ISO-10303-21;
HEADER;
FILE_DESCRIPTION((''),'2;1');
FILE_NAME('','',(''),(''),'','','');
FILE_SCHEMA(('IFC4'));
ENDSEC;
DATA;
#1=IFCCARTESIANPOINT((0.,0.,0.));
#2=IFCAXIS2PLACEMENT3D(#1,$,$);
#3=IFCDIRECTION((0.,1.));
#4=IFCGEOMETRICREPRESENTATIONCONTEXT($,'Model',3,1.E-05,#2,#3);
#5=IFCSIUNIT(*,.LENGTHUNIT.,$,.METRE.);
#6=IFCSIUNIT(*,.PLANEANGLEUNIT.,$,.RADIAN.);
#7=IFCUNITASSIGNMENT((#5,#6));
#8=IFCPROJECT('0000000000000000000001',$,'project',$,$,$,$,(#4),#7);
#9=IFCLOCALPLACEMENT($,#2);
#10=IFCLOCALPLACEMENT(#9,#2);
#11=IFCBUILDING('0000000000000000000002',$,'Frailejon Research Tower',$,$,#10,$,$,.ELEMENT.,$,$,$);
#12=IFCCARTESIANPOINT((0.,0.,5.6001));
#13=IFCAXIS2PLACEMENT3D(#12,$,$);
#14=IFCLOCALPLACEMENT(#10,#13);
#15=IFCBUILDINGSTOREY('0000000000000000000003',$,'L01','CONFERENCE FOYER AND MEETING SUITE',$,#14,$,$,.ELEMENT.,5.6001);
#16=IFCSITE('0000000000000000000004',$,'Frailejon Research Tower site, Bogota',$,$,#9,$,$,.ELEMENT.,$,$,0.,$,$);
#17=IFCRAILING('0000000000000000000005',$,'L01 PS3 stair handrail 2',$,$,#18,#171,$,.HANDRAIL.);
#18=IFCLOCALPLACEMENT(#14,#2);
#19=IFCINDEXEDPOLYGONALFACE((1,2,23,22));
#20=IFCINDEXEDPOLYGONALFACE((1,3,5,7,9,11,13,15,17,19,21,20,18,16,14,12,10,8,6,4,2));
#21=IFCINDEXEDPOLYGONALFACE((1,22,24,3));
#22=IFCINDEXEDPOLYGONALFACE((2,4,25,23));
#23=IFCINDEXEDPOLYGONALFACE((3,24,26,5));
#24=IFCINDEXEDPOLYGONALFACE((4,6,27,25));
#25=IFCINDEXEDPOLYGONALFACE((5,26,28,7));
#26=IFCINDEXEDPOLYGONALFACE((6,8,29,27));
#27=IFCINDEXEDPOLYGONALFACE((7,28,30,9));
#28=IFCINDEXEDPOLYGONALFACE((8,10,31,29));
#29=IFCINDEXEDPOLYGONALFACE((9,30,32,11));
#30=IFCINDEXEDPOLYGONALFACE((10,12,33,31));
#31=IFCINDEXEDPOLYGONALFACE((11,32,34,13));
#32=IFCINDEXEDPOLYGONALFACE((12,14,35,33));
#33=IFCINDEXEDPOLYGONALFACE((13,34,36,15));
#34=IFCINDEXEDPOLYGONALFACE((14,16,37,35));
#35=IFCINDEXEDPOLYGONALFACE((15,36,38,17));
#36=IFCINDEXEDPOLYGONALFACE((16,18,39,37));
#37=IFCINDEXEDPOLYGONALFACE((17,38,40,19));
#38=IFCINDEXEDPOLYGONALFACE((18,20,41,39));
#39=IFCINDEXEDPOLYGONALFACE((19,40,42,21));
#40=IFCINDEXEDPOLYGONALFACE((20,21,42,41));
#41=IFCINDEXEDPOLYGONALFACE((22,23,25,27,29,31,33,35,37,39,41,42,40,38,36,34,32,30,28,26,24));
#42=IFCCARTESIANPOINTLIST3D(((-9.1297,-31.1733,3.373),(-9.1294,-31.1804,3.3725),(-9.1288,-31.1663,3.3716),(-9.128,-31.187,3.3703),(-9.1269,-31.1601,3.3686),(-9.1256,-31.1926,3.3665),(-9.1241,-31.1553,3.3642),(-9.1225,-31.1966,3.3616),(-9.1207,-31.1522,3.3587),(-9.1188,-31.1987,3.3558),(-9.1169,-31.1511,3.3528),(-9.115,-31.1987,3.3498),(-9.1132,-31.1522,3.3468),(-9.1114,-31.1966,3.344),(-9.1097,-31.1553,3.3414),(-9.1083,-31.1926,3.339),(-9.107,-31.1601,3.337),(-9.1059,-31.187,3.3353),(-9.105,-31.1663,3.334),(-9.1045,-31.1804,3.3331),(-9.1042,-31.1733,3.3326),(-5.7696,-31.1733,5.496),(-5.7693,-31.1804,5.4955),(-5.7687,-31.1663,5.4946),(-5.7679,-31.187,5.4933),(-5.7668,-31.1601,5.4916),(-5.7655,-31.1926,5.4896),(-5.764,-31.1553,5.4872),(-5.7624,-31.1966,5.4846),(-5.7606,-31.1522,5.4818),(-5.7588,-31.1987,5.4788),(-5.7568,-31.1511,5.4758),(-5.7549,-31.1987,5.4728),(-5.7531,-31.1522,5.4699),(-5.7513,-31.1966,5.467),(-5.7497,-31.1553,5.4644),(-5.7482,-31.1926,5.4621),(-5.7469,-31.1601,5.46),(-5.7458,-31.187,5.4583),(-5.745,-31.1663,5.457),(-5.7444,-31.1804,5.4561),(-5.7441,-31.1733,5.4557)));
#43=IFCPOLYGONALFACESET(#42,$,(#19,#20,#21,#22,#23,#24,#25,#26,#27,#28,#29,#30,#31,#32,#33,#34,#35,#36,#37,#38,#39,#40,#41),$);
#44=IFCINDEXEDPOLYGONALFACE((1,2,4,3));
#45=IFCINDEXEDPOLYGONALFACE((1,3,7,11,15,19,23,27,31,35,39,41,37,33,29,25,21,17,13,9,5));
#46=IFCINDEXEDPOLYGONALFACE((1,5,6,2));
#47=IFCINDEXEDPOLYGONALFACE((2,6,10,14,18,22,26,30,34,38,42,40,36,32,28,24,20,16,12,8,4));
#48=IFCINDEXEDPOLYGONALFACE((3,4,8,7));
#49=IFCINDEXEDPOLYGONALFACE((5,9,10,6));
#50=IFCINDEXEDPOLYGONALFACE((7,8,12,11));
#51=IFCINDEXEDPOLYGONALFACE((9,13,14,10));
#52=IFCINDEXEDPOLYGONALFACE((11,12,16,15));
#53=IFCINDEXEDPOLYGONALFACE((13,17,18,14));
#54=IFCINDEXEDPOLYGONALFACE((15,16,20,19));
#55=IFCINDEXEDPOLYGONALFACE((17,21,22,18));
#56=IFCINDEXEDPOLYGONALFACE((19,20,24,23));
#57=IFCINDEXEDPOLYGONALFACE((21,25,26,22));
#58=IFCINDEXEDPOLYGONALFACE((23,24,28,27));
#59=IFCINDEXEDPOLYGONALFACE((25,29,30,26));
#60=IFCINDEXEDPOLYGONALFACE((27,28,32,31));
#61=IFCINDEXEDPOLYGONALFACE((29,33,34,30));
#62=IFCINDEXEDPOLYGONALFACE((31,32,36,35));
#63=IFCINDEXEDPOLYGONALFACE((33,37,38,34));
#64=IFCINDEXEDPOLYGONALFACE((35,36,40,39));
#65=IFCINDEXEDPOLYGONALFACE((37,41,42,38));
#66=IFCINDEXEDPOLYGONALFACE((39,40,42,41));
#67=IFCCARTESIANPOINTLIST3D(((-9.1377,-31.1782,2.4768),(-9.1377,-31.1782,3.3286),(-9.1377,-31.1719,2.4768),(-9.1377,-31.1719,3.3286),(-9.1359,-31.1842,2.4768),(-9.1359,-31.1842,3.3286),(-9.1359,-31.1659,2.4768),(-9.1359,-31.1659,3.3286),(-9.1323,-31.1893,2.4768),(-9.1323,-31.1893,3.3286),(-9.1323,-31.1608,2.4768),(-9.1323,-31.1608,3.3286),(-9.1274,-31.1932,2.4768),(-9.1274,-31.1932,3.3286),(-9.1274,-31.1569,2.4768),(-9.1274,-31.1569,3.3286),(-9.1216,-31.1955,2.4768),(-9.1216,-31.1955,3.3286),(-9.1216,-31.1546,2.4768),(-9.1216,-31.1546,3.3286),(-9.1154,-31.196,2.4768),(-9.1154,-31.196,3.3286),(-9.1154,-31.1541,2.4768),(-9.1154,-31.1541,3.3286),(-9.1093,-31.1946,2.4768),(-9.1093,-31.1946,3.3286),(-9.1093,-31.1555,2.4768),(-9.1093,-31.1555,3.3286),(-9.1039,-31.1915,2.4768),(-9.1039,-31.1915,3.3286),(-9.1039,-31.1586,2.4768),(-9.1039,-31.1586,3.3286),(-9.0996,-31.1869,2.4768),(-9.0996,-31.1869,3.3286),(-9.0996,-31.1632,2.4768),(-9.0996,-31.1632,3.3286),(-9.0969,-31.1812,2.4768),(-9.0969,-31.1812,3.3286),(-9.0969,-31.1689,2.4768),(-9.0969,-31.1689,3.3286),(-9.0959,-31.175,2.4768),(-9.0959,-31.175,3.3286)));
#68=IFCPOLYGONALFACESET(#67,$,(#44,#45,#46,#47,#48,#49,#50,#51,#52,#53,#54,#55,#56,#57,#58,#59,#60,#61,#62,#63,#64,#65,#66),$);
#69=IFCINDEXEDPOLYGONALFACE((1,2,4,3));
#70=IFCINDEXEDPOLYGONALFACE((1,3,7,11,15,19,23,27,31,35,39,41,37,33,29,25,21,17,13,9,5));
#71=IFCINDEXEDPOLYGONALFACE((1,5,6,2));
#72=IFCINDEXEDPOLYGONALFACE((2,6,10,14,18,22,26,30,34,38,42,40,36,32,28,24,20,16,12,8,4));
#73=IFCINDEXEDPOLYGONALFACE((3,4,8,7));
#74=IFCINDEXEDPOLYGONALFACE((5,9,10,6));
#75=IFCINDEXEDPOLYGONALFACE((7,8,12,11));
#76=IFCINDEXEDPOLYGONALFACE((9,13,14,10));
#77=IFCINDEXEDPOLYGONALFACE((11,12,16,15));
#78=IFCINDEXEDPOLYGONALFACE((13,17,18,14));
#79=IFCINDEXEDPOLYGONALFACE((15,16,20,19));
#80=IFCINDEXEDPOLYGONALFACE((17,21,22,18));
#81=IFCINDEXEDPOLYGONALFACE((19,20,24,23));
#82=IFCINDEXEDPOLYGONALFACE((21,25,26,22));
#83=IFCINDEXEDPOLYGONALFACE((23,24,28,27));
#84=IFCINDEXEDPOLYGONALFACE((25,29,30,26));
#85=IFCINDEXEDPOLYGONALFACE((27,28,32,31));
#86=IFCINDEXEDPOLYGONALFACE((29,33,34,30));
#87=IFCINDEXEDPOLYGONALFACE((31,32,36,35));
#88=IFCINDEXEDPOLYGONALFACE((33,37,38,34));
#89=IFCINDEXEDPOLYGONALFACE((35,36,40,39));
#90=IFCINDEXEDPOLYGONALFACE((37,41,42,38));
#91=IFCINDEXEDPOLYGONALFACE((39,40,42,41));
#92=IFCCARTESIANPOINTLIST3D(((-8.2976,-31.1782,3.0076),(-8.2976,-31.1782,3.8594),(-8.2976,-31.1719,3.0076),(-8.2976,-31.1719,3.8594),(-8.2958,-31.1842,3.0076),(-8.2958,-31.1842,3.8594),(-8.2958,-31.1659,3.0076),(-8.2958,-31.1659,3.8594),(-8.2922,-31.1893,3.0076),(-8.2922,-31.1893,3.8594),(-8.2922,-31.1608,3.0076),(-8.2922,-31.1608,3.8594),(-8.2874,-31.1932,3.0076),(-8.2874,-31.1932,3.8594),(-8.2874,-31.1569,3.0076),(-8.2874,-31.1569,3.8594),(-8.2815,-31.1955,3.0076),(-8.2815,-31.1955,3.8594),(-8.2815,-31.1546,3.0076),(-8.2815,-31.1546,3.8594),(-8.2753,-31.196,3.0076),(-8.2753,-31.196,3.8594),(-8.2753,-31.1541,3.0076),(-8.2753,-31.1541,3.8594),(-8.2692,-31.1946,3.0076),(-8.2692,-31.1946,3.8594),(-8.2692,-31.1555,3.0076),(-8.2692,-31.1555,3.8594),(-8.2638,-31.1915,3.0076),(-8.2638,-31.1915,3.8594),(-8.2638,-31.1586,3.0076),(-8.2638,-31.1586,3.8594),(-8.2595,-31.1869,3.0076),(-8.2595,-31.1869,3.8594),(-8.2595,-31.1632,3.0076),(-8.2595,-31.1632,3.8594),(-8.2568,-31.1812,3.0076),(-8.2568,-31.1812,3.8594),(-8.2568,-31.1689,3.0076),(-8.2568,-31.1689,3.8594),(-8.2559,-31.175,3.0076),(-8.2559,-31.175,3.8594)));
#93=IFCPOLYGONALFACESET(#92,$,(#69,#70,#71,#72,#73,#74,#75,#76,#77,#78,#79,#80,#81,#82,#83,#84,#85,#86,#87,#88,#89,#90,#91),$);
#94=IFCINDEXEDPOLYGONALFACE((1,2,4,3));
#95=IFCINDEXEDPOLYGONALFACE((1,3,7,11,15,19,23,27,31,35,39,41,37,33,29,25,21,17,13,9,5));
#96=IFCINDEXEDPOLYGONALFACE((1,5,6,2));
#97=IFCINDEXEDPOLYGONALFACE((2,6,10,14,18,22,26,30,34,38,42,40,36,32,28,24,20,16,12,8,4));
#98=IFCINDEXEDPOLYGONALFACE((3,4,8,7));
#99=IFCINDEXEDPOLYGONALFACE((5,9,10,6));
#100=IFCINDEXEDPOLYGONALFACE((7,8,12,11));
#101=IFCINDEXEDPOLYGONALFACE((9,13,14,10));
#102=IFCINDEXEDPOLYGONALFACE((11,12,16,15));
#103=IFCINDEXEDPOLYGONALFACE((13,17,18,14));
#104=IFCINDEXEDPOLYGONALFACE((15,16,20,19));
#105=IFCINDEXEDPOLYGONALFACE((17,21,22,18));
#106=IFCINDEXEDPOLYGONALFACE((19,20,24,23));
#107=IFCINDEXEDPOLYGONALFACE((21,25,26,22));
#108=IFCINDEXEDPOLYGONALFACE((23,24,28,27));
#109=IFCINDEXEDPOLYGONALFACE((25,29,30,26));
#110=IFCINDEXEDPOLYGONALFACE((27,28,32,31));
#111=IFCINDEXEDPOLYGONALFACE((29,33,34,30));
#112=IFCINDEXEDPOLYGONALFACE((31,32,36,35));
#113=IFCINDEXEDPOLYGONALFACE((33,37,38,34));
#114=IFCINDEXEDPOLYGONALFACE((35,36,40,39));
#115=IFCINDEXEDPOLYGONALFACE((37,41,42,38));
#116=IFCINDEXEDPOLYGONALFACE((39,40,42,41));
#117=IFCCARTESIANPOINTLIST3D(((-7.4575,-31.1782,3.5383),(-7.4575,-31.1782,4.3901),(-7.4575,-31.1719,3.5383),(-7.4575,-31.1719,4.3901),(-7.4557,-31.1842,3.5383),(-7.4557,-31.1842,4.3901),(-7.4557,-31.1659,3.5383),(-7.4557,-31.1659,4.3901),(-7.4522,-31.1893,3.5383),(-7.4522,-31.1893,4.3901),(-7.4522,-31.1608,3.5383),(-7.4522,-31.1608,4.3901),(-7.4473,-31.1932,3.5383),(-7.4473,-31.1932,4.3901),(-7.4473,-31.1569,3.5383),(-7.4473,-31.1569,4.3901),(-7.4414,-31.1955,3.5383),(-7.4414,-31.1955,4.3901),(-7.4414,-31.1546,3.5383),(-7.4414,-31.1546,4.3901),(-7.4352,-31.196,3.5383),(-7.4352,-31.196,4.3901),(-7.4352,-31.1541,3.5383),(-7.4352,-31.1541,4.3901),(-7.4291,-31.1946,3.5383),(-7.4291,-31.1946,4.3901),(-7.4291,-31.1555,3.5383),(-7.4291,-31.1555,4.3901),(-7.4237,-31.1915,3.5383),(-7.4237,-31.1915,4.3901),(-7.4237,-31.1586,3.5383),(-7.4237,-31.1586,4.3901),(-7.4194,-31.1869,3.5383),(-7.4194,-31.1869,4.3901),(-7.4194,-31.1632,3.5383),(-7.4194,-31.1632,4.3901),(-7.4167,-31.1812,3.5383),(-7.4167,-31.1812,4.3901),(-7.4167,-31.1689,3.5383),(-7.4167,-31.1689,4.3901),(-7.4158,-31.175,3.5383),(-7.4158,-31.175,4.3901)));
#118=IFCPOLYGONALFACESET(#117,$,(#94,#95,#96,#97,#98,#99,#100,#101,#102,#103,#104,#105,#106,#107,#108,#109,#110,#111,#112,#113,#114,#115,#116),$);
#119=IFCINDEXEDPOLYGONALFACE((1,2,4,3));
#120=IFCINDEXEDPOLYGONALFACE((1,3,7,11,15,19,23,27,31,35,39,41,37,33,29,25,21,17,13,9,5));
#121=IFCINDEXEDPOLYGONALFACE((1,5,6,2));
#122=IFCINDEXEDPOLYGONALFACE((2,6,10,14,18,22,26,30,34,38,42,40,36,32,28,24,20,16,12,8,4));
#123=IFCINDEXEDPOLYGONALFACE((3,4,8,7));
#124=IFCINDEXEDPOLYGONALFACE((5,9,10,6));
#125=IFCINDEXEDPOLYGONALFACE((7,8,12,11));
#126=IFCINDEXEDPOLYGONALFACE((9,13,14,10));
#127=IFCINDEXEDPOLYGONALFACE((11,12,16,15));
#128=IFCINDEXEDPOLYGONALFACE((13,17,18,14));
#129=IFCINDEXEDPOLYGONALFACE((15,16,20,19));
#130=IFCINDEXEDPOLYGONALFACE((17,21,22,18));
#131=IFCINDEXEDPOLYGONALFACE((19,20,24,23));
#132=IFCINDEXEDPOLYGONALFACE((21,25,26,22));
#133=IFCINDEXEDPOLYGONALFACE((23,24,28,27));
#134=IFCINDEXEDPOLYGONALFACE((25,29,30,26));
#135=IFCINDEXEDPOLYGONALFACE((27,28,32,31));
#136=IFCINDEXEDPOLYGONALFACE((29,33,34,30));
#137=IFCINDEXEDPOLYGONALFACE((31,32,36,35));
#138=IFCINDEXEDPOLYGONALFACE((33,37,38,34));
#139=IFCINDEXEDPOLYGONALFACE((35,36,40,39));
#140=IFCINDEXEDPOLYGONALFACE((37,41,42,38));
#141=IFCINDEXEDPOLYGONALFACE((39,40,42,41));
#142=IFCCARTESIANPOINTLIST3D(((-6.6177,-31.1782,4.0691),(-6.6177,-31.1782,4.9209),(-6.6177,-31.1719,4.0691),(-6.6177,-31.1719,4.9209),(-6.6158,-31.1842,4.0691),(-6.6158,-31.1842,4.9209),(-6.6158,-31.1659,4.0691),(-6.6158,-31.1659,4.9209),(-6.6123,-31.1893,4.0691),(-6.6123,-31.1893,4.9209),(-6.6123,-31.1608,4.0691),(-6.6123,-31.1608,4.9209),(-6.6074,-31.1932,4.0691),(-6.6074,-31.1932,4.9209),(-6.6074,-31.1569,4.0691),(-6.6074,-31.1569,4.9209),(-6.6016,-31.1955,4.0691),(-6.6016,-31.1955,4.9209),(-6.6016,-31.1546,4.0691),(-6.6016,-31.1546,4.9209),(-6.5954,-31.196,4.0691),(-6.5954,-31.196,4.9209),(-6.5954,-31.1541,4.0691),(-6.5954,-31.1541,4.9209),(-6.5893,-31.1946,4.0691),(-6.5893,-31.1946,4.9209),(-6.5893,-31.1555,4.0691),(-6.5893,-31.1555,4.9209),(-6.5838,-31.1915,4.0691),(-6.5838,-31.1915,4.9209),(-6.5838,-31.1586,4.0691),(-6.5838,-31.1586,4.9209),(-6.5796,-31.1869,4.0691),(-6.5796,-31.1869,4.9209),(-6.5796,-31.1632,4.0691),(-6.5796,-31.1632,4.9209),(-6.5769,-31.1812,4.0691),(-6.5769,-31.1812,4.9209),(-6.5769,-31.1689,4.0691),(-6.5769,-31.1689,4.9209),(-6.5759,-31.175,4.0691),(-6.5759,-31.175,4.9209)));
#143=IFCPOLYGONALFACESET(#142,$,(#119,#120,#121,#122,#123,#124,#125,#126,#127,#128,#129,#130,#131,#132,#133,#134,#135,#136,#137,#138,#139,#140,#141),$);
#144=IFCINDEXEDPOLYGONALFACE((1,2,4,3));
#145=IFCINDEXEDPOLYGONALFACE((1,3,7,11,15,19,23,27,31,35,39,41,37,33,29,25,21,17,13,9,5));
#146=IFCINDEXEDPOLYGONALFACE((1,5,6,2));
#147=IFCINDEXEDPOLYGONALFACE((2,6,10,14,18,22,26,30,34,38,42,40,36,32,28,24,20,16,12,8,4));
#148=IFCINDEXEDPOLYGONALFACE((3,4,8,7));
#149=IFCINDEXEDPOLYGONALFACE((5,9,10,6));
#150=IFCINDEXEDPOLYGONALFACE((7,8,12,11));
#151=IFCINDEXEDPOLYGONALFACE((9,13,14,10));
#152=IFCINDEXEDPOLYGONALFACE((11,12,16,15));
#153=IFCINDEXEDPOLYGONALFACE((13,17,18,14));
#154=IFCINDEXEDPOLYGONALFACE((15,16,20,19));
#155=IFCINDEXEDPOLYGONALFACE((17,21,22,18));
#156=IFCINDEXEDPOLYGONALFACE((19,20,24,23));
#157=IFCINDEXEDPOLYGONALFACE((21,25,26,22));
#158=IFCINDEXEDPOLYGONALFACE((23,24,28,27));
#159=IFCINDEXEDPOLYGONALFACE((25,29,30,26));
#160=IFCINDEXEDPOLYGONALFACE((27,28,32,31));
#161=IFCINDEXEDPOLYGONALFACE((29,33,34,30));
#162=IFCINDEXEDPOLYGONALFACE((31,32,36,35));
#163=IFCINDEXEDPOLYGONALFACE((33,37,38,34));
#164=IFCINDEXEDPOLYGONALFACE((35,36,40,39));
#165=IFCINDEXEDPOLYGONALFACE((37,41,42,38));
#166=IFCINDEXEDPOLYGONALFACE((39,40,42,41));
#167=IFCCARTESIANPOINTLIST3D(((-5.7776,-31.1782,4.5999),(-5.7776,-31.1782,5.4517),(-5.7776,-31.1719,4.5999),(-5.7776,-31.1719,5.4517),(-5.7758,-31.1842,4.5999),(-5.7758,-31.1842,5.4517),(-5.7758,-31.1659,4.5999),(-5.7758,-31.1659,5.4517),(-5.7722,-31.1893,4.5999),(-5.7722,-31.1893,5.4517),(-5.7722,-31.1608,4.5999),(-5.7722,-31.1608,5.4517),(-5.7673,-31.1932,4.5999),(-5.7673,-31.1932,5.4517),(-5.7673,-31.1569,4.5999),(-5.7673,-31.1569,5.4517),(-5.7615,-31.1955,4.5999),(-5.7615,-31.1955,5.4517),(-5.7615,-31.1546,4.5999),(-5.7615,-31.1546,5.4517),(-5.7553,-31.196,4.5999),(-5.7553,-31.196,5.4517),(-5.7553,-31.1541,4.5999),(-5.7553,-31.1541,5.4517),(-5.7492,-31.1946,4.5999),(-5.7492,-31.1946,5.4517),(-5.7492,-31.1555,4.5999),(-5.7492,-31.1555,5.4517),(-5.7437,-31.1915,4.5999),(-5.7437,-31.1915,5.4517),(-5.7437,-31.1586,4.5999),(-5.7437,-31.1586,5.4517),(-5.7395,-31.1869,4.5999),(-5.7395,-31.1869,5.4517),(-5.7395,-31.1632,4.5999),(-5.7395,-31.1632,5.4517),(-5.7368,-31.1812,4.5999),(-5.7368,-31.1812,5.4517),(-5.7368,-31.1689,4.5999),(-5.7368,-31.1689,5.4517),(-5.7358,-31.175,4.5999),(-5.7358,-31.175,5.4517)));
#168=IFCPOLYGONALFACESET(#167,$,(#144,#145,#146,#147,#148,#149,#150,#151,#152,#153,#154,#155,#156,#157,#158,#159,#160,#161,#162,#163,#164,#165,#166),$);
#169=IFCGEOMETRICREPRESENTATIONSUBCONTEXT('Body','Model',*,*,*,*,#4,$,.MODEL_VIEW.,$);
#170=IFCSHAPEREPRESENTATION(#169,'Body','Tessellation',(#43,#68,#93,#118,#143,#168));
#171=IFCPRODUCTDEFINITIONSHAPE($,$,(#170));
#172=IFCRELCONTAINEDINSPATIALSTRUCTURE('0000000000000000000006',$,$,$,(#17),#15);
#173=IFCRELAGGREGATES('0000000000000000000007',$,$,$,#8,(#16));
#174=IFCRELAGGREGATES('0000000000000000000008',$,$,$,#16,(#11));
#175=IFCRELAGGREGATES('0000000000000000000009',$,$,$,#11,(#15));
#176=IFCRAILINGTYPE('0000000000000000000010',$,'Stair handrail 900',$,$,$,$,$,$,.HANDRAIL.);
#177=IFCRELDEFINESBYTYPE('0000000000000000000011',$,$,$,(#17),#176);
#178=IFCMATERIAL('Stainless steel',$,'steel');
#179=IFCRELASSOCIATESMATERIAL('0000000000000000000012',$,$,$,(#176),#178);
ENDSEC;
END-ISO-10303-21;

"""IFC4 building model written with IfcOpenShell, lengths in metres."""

from ifc_helpers import new_model, si_unit, direction, frame, origin, origin_2d, place, context, subcontext, project, spatial, circle, extrude, material, type_object, element, save


model = new_model("IFC4")

# Units and contexts
model_context = context("Model", 3, precision=1e-05, world=origin(), true_north=direction((0.0, 1.0)))
body_context = subcontext(model_context, "Body", "Model", "MODEL_VIEW")
ifc_project = project(units=[si_unit("LENGTHUNIT", "METRE"), si_unit("PLANEANGLEUNIT", "RADIAN")], contexts=[model_context])

# Site, building, storey
site_placement = place(None, origin())
site = spatial("IfcSite", under=ifc_project, at=site_placement, Name="Frailejon Research Tower site, Bogota", CompositionType="ELEMENT", RefElevation=0.0)
building_placement = place(site_placement, origin())
building = spatial("IfcBuilding", under=site, at=building_placement, Name="Frailejon Research Tower", CompositionType="ELEMENT")
storey_placement = place(building_placement, frame((0.0, 0.0, 5.6001)))
storey = spatial("IfcBuildingStorey", under=building, at=storey_placement, Name="L01", Description="CONFERENCE FOYER AND MEETING SUITE", CompositionType="ELEMENT", Elevation=5.6001)

# Railing
ifc_material_1 = material(Name="Stainless steel", Category="steel")
railing_type_1 = type_object("IfcRailingType", Name="Stair handrail 900", PredefinedType="HANDRAIL", material=ifc_material_1)
railing_1_placement = place(storey_placement, frame((-9.1169, -31.175, 2.4768)))
element("IfcRailing", 1, at=railing_1_placement, inside=storey, type_object=railing_type_1, Name="L01 PS3 stair handrail 2", PredefinedType="HANDRAIL", context=body_context, shape_type="SweptSolid", body=[
    extrude(circle(Radius=0.0239, at=origin_2d()), frame((0.0, 0.0, 0.876), z_axis=(0.84539, 0.0, 0.53415), x_axis=(0.0, 1.0, 0.0)), (0.0, 0.0, 1.0), 3.9746),
    extrude(circle(Radius=0.021, at=origin_2d()), origin(), (0.0, 0.0, 1.0), 0.8518),
    extrude(circle(Radius=0.021, at=origin_2d()), frame((0.8401, 0.0, 0.5308)), (0.0, 0.0, 1.0), 0.8518),
    extrude(circle(Radius=0.021, at=origin_2d()), frame((1.6802, 0.0, 1.0615)), (0.0, 0.0, 1.0), 0.8518),
    extrude(circle(Radius=0.021, at=origin_2d()), frame((2.52, 0.0, 1.5923)), (0.0, 0.0, 1.0), 0.8518),
    extrude(circle(Radius=0.021, at=origin_2d()), frame((3.3601, 0.0, 2.123)), (0.0, 0.0, 1.0), 0.8518),
])

save(model, "model.ifc")
